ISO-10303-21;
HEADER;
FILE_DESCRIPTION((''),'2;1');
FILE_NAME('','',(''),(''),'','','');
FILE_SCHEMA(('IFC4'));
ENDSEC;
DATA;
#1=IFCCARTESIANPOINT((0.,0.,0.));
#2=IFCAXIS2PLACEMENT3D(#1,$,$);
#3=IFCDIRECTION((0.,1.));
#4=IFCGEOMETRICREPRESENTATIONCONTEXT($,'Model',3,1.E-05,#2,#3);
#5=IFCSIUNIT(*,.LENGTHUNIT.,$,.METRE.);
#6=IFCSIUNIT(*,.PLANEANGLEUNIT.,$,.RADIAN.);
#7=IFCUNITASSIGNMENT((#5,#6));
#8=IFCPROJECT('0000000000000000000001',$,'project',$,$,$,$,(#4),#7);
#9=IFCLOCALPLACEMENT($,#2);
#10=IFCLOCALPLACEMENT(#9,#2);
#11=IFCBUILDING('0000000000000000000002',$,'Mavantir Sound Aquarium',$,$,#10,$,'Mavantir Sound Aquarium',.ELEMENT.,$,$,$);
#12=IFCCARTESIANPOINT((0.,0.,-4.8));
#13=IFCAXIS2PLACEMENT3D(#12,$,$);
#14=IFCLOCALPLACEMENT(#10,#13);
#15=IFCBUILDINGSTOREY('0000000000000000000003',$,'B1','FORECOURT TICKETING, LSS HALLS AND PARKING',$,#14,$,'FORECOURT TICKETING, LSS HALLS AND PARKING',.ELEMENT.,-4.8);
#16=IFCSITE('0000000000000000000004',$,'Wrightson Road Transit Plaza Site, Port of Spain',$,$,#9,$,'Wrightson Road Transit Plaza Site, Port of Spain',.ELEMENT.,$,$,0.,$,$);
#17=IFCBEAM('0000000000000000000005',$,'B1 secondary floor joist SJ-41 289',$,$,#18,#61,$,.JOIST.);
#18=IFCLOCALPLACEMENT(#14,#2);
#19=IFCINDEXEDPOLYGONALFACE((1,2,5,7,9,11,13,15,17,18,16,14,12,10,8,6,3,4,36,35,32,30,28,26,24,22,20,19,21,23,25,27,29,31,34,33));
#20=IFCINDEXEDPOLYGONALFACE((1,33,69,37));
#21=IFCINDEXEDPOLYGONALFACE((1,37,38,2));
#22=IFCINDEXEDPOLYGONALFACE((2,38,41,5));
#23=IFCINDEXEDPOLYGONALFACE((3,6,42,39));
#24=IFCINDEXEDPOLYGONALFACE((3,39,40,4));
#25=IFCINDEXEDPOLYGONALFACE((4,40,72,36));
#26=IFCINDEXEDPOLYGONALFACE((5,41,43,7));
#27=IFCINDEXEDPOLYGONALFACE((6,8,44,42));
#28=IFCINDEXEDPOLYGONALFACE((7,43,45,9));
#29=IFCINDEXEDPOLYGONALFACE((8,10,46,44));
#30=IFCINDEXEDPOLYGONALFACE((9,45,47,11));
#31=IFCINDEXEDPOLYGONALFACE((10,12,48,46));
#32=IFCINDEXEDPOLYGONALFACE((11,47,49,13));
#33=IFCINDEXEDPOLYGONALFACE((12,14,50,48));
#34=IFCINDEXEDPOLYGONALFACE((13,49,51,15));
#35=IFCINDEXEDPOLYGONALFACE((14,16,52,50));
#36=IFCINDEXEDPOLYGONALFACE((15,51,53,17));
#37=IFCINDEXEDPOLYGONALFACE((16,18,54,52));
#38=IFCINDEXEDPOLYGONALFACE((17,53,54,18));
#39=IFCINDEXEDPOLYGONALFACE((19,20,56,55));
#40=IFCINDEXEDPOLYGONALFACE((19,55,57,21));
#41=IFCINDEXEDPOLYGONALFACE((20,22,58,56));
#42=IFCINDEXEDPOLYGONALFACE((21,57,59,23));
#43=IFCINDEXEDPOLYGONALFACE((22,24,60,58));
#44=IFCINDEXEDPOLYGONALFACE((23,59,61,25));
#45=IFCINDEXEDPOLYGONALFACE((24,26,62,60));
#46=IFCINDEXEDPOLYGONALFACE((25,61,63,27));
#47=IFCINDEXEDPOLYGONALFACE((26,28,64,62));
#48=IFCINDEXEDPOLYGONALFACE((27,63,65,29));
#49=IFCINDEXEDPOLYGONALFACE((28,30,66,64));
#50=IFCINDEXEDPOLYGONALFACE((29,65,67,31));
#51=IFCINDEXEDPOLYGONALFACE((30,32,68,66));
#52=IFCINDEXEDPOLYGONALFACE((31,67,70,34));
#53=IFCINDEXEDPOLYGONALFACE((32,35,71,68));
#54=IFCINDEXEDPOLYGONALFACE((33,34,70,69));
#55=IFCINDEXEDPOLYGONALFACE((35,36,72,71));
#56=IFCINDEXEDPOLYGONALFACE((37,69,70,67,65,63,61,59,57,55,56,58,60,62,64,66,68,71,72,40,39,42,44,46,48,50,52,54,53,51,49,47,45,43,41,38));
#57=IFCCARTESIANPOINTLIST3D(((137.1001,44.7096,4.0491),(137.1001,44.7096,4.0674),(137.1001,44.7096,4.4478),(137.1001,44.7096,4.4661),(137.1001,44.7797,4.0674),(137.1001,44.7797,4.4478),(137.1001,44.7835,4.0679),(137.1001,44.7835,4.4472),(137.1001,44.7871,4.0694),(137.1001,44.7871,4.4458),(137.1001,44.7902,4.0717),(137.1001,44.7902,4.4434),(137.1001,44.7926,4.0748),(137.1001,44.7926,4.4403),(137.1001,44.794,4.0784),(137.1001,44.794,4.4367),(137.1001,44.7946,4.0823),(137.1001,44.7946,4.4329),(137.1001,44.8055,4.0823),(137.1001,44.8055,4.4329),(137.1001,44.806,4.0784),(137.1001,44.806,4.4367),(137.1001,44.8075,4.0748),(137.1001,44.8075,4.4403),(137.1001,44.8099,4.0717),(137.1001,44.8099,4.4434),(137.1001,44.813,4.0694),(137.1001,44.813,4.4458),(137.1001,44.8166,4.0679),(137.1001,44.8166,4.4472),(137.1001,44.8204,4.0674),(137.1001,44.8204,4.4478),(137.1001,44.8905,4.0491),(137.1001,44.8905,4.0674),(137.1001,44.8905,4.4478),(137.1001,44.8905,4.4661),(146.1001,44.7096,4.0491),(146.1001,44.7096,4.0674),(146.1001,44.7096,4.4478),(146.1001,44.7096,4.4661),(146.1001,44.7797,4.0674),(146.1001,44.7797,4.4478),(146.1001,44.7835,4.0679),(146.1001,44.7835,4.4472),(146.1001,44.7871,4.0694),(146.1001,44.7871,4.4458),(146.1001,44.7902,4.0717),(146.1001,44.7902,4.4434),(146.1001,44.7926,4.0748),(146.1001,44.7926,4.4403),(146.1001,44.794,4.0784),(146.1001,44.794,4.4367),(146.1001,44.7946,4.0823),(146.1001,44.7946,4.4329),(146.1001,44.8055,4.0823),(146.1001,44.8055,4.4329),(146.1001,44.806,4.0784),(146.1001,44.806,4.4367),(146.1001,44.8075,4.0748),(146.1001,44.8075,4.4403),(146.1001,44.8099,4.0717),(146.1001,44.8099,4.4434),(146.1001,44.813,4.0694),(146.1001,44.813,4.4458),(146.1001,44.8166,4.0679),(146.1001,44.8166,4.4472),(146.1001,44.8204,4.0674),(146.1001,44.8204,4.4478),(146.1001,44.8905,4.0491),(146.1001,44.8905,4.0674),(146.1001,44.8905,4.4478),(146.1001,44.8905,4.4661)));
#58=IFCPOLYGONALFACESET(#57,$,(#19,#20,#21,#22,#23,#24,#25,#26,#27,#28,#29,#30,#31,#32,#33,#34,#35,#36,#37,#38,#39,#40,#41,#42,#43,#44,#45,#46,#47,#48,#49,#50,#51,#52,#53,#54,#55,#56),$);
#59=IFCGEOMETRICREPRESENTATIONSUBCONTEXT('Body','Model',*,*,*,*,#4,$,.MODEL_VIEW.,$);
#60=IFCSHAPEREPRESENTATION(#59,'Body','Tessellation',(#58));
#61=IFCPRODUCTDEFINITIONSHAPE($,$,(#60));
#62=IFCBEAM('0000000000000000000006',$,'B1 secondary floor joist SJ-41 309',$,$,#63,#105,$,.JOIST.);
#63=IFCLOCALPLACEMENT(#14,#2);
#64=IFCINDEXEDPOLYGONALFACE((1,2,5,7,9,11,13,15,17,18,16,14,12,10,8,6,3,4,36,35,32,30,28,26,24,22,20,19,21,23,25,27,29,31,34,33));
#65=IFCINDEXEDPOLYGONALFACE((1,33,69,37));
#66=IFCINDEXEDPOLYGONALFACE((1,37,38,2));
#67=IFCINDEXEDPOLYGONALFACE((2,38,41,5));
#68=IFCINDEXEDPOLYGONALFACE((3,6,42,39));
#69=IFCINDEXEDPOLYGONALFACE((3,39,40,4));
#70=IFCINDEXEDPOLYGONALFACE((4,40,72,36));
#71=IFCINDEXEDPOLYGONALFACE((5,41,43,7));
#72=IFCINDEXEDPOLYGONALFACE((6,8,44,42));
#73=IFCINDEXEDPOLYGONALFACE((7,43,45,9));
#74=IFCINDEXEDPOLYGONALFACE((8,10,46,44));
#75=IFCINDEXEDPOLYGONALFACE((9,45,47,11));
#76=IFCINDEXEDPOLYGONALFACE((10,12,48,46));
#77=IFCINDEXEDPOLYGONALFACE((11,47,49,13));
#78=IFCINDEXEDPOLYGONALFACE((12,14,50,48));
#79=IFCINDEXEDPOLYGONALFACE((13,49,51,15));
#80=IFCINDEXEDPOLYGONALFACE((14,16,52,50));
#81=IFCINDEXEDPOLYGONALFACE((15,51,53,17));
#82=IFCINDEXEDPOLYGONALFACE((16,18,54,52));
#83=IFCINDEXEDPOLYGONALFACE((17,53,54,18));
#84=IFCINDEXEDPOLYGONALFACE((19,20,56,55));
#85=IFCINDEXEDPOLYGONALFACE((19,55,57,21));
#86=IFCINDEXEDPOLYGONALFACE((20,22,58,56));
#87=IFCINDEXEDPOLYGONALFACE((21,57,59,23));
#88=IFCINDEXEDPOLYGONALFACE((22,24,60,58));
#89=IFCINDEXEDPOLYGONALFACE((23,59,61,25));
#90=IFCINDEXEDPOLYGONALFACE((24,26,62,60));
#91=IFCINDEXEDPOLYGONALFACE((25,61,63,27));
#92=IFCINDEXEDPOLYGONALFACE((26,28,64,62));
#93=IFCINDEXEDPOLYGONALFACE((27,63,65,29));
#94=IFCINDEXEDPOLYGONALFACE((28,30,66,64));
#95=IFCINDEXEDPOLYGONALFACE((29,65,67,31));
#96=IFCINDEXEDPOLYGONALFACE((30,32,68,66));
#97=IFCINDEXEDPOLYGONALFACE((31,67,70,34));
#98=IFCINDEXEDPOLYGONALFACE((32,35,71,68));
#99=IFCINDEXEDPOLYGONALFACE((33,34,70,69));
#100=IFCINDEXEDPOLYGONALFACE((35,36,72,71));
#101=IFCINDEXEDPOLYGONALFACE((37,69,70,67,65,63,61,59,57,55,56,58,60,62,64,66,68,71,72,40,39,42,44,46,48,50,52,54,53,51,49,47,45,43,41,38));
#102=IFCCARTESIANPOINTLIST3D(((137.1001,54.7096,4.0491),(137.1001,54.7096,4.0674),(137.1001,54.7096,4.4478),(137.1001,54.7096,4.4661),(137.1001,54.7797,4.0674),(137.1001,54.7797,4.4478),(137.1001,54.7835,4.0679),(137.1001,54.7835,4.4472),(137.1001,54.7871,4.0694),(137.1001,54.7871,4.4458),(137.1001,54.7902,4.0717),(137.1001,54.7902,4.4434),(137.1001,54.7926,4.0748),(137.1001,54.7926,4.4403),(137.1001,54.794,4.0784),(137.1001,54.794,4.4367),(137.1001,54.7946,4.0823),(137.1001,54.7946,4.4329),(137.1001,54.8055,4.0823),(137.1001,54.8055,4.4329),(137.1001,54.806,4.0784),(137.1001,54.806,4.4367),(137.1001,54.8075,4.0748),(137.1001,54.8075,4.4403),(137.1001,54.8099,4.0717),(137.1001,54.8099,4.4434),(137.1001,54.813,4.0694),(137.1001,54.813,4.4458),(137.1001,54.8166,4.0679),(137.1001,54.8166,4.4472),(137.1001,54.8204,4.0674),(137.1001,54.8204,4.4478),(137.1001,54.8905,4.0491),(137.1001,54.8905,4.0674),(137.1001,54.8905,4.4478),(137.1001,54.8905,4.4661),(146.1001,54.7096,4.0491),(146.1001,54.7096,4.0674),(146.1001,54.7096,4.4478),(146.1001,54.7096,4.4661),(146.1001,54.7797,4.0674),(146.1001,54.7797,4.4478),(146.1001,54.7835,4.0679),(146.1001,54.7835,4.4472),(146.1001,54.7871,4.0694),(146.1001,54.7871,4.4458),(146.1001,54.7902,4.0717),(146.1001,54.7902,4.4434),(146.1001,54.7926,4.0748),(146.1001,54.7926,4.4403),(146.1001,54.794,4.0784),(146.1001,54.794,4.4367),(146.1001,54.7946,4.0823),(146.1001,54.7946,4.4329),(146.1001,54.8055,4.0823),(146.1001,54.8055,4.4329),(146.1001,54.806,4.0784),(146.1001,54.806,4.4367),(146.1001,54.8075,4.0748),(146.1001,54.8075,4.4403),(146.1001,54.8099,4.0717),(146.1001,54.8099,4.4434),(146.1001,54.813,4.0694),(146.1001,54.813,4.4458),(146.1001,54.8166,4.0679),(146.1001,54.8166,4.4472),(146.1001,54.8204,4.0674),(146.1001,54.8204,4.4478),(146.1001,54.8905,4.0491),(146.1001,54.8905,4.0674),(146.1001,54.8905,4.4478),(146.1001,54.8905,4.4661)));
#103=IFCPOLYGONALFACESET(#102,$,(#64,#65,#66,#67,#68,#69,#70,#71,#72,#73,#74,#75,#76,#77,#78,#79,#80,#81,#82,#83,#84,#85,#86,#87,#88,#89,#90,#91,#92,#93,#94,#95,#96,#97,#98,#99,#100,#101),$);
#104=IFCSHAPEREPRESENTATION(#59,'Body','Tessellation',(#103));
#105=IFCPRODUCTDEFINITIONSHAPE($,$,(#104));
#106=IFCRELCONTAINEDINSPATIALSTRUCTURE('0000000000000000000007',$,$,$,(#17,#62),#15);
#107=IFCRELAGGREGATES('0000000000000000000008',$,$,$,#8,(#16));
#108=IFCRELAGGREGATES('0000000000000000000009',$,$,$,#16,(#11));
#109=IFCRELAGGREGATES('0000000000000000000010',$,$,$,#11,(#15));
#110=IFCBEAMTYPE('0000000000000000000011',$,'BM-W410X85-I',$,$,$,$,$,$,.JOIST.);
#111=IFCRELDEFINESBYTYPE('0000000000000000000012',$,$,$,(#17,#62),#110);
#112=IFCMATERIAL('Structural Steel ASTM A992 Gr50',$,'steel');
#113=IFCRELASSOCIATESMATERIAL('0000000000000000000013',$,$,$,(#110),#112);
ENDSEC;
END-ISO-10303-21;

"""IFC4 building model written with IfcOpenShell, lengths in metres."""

from ifc_helpers import new_model, si_unit, direction, frame, origin, origin_2d, place, context, subcontext, project, spatial, i_section, extrude, material, material_profile, profile_set, type_object, element, save


model = new_model("IFC4")

# Units and contexts
model_context = context("Model", 3, precision=1e-05, world=origin(), true_north=direction((0.0, 1.0)))
body_context = subcontext(model_context, "Body", "Model", "MODEL_VIEW")
ifc_project = project(units=[si_unit("LENGTHUNIT", "METRE"), si_unit("PLANEANGLEUNIT", "RADIAN")], contexts=[model_context])

# Site, building, storey
site_placement = place(None, origin())
site = spatial("IfcSite", under=ifc_project, at=site_placement, Name="Wrightson Road Transit Plaza Site, Port of Spain", LongName="Wrightson Road Transit Plaza Site, Port of Spain", CompositionType="ELEMENT", RefElevation=0.0)
building_placement = place(site_placement, origin())
building = spatial("IfcBuilding", under=site, at=building_placement, Name="Mavantir Sound Aquarium", LongName="Mavantir Sound Aquarium", CompositionType="ELEMENT")
storey_placement = place(building_placement, frame((0.0, 0.0, -4.8)))
storey = spatial("IfcBuildingStorey", under=building, at=storey_placement, Name="B1", Description="FORECOURT TICKETING, LSS HALLS AND PARKING", LongName="FORECOURT TICKETING, LSS HALLS AND PARKING", CompositionType="ELEMENT", Elevation=-4.8)

# Beams
ifc_material_1 = material(Name="Structural Steel ASTM A992 Gr50", Category="steel")
ifc_material_profile_1 = material_profile(ifc_material_1, i_section(OverallWidth=0.1809, OverallDepth=0.417, WebThickness=0.011, FlangeThickness=0.0183, FilletRadius=0.0149, at=origin_2d()), Name="W410X85")
ifc_profile_set_1 = profile_set([ifc_material_profile_1], Name="Structural Steel ASTM A992 Gr50")
beam_type_1 = type_object("IfcBeamType", Name="BM-W410X85-I", PredefinedType="JOIST", material=ifc_profile_set_1)
for number, where, z_axis, x_axis, name in (
    (1, (137.1001, 44.8, 4.2576), (1.0, 0.0, 0.0), (0.0, 1.0, 0.0), "B1 secondary floor joist SJ-41 289"),
    (2, (137.1001, 54.8, 4.2576), (1.0, 0.0, 0.0), (0.0, 1.0, 0.0), "B1 secondary floor joist SJ-41 309"),
):
    element("IfcBeam", number, at=place(storey_placement, frame(where, z_axis=z_axis, x_axis=x_axis)), inside=storey, type_object=beam_type_1, Name=name, PredefinedType="JOIST", context=body_context, shape_type="SweptSolid", body=[
        extrude(i_section(OverallWidth=0.1809, OverallDepth=0.417, WebThickness=0.011, FlangeThickness=0.0183, FilletRadius=0.0149, at=origin_2d()), origin(), (0.0, 0.0, 1.0), 9.0),
    ])

save(model, "model.ifc")
